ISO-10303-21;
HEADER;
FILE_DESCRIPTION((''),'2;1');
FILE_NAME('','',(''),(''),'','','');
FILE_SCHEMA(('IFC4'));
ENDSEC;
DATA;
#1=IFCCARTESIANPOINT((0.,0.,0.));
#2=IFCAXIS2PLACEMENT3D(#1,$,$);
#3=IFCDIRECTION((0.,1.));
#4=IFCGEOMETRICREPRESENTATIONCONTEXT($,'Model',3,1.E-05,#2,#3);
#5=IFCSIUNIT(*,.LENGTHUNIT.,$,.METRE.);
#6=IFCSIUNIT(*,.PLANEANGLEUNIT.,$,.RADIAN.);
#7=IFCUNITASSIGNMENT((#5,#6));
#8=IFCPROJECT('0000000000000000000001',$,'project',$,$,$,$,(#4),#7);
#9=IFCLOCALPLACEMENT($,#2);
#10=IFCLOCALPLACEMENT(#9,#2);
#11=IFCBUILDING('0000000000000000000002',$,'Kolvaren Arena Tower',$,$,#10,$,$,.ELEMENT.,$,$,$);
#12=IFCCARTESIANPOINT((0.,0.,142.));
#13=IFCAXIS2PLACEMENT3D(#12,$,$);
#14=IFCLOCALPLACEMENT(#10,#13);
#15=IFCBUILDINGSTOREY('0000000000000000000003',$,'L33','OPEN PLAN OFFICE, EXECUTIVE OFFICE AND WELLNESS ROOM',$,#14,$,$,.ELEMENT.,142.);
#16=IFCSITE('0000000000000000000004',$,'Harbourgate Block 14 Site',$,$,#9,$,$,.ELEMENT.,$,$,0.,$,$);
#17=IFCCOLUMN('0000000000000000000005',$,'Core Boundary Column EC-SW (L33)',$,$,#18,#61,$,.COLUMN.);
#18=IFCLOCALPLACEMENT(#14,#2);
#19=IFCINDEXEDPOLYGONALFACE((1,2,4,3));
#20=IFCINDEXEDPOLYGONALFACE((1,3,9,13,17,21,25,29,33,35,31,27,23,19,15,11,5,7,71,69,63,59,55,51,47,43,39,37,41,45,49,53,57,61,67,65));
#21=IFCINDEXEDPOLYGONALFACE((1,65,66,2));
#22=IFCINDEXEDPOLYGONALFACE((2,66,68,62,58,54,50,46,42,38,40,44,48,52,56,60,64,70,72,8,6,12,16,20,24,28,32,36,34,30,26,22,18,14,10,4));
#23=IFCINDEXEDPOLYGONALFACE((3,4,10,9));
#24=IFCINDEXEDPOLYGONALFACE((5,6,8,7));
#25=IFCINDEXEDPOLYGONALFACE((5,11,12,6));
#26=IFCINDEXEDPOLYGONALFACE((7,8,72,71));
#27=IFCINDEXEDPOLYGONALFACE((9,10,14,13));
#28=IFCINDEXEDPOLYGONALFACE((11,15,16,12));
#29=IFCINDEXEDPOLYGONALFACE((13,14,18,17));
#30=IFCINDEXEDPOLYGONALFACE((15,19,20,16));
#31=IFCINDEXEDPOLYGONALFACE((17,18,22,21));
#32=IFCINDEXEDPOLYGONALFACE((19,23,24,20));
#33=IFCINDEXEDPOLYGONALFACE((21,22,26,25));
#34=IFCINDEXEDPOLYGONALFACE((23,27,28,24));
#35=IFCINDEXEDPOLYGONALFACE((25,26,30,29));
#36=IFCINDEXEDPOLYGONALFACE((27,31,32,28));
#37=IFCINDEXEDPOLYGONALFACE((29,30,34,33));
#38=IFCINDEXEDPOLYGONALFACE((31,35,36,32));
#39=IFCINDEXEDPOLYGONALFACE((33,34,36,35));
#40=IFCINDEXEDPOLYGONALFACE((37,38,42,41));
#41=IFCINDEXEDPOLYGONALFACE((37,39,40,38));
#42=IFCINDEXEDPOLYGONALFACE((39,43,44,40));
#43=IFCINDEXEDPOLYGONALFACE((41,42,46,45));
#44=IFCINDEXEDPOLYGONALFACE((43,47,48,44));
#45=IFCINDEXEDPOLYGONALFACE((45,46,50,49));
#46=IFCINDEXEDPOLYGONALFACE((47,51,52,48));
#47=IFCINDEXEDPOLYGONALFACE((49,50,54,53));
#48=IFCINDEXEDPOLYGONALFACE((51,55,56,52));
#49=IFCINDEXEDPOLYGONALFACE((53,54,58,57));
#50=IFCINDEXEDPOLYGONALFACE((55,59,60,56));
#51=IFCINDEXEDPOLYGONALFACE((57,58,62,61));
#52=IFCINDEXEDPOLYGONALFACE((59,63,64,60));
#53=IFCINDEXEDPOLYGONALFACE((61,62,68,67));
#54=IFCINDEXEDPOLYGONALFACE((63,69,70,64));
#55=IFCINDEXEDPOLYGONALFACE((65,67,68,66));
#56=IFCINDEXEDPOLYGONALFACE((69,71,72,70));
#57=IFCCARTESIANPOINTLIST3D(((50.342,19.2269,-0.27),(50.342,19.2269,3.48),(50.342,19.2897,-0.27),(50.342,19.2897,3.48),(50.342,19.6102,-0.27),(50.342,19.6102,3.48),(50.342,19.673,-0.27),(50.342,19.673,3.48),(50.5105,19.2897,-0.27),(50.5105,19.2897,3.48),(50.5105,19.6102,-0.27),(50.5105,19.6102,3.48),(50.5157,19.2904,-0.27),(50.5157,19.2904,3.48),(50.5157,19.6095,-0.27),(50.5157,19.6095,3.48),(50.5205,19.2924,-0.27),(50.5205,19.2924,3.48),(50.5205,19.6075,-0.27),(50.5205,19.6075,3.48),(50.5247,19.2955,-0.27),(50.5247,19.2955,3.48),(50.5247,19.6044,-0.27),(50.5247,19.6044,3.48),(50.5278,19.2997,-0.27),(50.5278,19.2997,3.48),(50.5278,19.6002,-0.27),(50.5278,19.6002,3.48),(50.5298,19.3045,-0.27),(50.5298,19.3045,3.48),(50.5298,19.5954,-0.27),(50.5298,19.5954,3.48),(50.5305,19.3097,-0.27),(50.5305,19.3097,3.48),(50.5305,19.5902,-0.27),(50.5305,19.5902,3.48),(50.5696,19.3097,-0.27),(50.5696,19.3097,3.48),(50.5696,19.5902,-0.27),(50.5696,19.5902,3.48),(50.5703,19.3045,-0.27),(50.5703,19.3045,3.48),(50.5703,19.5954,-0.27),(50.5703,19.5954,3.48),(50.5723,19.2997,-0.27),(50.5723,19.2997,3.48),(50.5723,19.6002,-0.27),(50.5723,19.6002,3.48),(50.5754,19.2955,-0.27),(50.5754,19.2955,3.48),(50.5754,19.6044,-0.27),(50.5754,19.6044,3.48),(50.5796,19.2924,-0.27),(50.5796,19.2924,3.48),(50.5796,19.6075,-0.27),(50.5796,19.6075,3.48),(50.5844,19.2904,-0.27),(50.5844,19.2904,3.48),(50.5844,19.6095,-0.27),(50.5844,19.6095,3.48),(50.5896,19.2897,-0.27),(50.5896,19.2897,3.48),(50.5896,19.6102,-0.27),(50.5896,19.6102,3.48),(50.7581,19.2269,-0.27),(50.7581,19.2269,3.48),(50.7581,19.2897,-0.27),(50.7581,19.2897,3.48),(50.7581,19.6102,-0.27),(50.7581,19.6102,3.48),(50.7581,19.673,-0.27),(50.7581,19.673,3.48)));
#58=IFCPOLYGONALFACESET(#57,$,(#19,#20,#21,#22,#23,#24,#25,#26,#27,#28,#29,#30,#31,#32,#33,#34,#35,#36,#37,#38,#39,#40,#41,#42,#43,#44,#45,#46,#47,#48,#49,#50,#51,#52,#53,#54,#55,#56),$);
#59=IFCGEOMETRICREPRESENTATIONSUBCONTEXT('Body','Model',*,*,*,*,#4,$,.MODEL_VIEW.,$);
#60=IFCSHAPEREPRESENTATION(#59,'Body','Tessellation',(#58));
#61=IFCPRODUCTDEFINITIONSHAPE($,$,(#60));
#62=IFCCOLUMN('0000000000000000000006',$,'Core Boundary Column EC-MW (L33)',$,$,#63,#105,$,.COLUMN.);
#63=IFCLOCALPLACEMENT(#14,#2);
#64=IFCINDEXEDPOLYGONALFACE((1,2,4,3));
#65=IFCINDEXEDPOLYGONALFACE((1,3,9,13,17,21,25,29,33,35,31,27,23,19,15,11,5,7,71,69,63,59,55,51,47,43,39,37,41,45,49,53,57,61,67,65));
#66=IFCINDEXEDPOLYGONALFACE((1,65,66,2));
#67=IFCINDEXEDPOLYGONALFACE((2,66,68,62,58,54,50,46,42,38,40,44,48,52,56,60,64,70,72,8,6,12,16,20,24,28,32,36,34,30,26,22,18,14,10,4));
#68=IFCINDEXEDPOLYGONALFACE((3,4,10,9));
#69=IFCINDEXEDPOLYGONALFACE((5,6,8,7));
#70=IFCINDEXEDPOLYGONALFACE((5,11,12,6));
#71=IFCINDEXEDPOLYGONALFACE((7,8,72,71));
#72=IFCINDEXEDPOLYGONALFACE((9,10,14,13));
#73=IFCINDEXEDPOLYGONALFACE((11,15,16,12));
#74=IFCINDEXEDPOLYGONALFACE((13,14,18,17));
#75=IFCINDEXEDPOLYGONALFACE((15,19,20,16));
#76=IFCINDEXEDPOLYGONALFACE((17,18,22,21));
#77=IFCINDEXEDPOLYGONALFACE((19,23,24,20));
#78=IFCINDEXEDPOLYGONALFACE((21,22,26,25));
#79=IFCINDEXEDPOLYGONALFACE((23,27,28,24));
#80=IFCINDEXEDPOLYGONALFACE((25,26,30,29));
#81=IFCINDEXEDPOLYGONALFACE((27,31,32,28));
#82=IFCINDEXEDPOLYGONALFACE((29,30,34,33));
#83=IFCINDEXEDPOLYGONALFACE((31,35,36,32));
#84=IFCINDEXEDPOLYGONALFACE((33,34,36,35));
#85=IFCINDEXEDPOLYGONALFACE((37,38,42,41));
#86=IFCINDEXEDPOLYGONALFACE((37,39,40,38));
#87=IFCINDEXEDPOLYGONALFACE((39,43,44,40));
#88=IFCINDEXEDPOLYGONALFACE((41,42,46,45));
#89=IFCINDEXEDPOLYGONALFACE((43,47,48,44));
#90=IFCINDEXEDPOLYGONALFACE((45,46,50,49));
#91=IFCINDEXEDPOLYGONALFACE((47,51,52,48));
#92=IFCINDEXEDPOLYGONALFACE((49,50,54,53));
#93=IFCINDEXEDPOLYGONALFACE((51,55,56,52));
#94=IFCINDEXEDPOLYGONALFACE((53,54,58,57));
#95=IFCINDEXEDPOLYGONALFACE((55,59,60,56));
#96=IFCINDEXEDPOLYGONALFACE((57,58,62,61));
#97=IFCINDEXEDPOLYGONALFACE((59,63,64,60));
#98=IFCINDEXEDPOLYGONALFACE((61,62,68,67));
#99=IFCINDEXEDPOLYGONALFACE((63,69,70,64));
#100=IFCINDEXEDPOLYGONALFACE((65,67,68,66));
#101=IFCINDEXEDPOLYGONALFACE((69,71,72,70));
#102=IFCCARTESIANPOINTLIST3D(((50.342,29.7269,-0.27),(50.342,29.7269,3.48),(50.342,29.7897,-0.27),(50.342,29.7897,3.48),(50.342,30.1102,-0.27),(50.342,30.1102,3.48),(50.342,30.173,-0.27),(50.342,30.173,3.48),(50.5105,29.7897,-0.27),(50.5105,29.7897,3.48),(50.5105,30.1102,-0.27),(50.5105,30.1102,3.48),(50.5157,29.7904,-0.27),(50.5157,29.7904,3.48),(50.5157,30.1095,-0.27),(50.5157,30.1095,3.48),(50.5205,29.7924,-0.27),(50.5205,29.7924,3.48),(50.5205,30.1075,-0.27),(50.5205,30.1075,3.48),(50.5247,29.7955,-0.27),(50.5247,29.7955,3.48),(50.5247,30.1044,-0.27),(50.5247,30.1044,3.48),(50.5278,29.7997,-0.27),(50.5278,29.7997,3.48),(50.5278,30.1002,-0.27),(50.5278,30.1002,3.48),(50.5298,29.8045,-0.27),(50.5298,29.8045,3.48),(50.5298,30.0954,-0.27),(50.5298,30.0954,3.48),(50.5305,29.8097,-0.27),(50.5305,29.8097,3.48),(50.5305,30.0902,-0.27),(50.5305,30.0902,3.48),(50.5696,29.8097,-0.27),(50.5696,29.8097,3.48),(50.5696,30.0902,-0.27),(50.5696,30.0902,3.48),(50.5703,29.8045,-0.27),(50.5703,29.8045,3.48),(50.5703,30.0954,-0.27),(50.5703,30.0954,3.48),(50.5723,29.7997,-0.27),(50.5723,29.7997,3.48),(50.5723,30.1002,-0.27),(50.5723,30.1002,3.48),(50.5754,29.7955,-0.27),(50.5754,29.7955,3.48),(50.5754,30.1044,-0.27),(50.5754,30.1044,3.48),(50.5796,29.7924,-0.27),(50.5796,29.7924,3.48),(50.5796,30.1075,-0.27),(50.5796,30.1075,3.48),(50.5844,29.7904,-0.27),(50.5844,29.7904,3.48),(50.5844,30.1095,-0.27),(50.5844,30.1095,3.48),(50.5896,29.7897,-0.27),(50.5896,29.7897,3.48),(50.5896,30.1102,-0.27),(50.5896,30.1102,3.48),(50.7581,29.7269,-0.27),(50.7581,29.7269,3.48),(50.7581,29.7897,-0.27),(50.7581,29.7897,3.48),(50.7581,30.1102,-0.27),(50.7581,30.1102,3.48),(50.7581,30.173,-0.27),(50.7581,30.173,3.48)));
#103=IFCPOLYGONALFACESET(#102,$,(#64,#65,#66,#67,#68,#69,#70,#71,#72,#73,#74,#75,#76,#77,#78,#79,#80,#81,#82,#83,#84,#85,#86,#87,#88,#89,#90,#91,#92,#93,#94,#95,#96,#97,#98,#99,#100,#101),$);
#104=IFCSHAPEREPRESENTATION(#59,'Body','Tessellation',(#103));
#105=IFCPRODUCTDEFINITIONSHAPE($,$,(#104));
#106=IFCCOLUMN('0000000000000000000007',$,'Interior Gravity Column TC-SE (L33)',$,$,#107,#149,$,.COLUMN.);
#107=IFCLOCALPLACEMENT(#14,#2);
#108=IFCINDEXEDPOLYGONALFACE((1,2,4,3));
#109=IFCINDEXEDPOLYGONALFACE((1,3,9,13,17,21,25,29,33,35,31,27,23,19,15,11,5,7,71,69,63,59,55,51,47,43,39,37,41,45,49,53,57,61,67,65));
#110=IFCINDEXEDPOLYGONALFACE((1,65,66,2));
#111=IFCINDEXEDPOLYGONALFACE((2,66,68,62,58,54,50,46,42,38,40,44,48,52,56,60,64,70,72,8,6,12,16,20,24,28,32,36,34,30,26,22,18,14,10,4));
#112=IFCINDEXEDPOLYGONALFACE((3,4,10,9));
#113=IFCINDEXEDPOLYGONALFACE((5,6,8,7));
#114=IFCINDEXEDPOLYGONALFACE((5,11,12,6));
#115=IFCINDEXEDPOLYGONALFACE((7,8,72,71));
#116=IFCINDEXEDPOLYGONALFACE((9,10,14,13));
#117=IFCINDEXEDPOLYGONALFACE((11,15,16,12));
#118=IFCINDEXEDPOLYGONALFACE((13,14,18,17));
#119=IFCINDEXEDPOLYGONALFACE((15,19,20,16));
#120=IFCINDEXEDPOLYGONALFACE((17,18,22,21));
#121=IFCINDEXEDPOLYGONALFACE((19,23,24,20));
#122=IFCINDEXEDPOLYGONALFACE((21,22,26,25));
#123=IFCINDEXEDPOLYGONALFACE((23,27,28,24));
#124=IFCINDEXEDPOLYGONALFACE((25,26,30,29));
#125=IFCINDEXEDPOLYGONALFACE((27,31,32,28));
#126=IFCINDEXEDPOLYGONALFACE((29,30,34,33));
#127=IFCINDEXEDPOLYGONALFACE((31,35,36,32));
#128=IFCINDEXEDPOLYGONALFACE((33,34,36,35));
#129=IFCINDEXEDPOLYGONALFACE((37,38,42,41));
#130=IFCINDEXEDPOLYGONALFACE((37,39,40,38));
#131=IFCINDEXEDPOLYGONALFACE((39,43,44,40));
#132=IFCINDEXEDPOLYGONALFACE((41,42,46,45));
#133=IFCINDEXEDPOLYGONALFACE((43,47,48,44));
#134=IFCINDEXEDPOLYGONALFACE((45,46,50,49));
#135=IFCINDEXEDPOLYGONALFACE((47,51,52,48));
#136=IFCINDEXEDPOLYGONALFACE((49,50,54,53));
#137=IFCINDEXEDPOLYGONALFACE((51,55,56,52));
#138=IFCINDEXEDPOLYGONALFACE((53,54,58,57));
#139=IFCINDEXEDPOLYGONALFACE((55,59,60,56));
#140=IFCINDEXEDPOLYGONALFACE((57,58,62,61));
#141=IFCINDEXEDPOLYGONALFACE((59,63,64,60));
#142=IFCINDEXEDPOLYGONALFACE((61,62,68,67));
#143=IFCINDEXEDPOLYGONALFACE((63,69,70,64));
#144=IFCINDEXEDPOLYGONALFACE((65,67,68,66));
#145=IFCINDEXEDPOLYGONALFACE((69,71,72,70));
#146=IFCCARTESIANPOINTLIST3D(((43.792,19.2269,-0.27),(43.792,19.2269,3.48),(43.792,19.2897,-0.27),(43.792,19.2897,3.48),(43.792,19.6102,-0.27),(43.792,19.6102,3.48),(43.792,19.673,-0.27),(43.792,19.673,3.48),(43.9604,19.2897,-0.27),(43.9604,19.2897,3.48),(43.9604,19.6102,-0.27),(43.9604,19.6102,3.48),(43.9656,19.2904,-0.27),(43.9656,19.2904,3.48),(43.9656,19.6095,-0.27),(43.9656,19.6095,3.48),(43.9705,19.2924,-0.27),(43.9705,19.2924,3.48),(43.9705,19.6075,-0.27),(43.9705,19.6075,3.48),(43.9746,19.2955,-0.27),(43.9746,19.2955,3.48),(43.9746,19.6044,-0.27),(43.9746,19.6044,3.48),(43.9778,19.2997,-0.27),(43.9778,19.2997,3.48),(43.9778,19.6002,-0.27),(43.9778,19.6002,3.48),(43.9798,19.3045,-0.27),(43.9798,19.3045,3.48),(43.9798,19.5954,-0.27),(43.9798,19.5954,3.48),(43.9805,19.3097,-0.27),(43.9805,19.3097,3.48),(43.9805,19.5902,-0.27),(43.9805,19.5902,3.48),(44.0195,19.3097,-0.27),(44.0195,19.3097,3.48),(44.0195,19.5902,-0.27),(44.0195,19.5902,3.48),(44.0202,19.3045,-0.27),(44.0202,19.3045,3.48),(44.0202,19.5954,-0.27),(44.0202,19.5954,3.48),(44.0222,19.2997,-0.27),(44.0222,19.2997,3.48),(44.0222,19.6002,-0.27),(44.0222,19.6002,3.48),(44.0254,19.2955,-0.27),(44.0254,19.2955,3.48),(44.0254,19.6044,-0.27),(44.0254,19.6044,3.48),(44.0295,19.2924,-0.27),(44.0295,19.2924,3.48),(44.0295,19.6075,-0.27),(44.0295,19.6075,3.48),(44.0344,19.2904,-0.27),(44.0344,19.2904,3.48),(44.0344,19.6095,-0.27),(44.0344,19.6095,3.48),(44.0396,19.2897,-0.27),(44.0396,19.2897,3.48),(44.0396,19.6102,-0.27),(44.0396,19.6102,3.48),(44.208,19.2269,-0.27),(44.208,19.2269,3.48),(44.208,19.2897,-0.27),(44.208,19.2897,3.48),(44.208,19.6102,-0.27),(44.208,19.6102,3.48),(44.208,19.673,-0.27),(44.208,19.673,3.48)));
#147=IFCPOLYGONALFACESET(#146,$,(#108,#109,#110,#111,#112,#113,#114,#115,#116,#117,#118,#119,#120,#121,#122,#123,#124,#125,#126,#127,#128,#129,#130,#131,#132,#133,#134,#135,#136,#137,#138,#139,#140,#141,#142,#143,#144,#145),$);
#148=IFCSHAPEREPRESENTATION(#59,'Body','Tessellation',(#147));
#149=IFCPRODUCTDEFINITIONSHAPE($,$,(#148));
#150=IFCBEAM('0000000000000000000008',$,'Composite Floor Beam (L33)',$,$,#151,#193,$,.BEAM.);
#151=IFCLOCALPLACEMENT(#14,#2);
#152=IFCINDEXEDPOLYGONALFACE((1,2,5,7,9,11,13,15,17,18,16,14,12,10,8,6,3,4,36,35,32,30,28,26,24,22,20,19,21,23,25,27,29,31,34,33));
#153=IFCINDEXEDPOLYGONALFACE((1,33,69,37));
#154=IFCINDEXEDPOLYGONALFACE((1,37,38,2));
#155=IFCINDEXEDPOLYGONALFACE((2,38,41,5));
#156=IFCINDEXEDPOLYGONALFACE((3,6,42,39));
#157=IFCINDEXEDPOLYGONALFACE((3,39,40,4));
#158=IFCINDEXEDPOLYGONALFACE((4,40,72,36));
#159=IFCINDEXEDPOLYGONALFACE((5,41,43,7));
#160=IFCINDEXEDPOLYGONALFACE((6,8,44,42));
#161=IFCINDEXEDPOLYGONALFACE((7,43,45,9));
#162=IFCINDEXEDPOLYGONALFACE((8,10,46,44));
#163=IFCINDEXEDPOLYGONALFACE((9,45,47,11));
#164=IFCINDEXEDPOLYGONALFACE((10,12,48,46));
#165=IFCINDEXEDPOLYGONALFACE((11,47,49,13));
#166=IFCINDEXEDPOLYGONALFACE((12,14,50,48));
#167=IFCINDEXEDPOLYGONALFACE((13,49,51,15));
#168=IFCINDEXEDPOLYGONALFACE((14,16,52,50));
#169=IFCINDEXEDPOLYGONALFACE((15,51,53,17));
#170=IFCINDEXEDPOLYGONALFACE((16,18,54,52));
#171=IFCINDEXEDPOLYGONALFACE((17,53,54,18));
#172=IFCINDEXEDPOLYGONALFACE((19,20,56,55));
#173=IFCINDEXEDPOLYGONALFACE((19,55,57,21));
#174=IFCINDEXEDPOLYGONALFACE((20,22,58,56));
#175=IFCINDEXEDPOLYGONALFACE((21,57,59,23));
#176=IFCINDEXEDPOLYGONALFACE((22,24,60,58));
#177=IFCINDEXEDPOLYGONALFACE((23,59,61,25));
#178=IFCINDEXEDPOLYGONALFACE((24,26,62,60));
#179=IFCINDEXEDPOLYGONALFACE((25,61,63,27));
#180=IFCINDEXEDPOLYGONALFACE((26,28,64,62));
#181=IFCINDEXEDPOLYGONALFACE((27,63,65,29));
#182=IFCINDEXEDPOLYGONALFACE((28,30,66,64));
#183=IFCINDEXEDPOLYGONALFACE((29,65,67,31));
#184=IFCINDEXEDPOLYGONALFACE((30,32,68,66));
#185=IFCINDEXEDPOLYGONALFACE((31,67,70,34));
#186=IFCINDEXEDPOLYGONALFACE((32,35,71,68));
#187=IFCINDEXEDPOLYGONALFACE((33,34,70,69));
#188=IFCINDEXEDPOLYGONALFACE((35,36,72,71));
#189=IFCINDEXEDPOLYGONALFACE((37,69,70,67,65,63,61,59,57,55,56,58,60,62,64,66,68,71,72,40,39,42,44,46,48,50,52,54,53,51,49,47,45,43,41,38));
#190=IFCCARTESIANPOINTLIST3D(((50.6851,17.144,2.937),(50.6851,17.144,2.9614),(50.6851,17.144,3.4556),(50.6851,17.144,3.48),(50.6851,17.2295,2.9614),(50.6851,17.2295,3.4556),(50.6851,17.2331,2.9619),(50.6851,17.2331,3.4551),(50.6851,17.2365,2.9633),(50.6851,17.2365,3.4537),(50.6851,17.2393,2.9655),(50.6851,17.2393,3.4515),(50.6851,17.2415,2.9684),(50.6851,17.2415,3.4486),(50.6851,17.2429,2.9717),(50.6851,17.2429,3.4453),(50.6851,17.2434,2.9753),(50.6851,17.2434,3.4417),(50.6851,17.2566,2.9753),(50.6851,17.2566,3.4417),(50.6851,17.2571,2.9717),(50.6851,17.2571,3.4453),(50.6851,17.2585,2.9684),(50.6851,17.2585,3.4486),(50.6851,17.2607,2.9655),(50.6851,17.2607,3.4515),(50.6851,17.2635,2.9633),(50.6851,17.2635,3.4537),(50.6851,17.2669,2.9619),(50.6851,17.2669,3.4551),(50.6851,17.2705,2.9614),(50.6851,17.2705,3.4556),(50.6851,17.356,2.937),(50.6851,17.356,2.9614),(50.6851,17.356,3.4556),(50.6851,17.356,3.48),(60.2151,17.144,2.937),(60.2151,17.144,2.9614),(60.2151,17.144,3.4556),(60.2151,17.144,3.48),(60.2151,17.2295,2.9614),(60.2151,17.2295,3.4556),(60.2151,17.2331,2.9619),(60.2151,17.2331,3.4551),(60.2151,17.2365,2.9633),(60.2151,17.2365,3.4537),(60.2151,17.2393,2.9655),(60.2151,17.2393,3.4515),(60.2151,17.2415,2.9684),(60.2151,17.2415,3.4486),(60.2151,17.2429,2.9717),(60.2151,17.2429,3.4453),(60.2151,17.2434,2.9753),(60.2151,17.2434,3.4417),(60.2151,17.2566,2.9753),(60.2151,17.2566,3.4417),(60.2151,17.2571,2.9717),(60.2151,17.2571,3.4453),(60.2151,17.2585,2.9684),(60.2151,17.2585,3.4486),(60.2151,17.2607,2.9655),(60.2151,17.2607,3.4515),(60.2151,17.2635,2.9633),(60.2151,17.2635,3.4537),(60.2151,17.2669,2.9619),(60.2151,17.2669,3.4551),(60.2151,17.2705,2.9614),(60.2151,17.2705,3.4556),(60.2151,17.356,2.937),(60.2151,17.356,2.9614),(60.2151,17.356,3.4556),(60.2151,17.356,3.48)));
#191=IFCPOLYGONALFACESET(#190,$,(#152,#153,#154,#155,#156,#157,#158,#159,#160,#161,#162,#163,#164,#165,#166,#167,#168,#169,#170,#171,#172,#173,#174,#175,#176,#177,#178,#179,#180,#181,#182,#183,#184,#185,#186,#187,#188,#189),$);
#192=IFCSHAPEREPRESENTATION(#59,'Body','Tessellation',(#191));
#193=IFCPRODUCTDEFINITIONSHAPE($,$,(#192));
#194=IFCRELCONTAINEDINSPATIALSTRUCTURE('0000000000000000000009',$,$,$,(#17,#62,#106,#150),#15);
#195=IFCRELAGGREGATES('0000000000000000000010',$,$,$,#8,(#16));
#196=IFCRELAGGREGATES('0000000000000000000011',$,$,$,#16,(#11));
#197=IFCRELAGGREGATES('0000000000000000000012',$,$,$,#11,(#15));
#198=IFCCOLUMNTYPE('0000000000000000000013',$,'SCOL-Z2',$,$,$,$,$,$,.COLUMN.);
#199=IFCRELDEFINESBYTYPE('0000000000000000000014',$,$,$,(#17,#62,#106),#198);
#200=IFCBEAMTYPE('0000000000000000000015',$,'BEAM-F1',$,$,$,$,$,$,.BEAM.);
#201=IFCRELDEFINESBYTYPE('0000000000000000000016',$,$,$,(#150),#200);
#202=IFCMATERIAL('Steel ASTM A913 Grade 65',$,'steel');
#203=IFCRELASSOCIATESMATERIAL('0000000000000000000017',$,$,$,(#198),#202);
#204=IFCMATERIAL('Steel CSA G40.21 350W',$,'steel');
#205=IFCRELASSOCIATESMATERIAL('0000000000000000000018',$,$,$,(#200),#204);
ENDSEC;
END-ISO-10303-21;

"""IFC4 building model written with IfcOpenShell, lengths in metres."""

from ifc_helpers import new_model, si_unit, direction, frame, origin, origin_2d, place, context, subcontext, project, spatial, i_section, extrude, material, material_profile, profile_set, type_object, element, save


model = new_model("IFC4")

# Units and contexts
model_context = context("Model", 3, precision=1e-05, world=origin(), true_north=direction((0.0, 1.0)))
body_context = subcontext(model_context, "Body", "Model", "MODEL_VIEW")
ifc_project = project(units=[si_unit("LENGTHUNIT", "METRE"), si_unit("PLANEANGLEUNIT", "RADIAN")], contexts=[model_context])

# Site, building, storey
site_placement = place(None, origin())
site = spatial("IfcSite", under=ifc_project, at=site_placement, Name="Harbourgate Block 14 Site", CompositionType="ELEMENT", RefElevation=0.0)
building_placement = place(site_placement, origin())
building = spatial("IfcBuilding", under=site, at=building_placement, Name="Kolvaren Arena Tower", CompositionType="ELEMENT")
storey_placement = place(building_placement, frame((0.0, 0.0, 142.0)))
storey = spatial("IfcBuildingStorey", under=building, at=storey_placement, Name="L33", Description="OPEN PLAN OFFICE, EXECUTIVE OFFICE AND WELLNESS ROOM", CompositionType="ELEMENT", Elevation=142.0)

# Columns
ifc_material_1 = material(Name="Steel ASTM A913 Grade 65", Category="steel")
ifc_material_profile_1 = material_profile(ifc_material_1, i_section(OverallWidth=0.416, OverallDepth=0.446, WebThickness=0.0391, FlangeThickness=0.0627, FilletRadius=0.02, at=origin_2d()), Name="W360x509")
ifc_profile_set_1 = profile_set([ifc_material_profile_1], Name="Steel ASTM A913 Grade 65")
column_type = type_object("IfcColumnType", Name="SCOL-Z2", PredefinedType="COLUMN", material=ifc_profile_set_1)
for number, where, z_axis, x_axis, name in (
    (1, (50.55, 19.45, -0.27), (0.0, 0.0, 1.0), (1.0, 0.0, 0.0), "Core Boundary Column EC-SW (L33)"),
    (2, (50.55, 29.95, -0.27), (0.0, 0.0, 1.0), (1.0, 0.0, 0.0), "Core Boundary Column EC-MW (L33)"),
    (3, (44.0, 19.45, -0.27), (0.0, 0.0, 1.0), (1.0, 0.0, 0.0), "Interior Gravity Column TC-SE (L33)"),
):
    element("IfcColumn", number, at=place(storey_placement, frame(where, z_axis=z_axis, x_axis=x_axis)), inside=storey, type_object=column_type, Name=name, PredefinedType="COLUMN", context=body_context, shape_type="SweptSolid", body=[
        extrude(i_section(OverallWidth=0.416, OverallDepth=0.446, WebThickness=0.0391, FlangeThickness=0.0627, FilletRadius=0.02, at=origin_2d()), origin(), (0.0, 0.0, 1.0), 3.75),
    ])

# Beam
ifc_material_2 = material(Name="Steel CSA G40.21 350W", Category="steel")
ifc_material_profile_2 = material_profile(ifc_material_2, i_section(OverallWidth=0.2119, OverallDepth=0.543, WebThickness=0.0132, FlangeThickness=0.0244, FilletRadius=0.0139, at=origin_2d()), Name="W530x150")
ifc_profile_set_2 = profile_set([ifc_material_profile_2], Name="Steel CSA G40.21 350W")
beam_type_1 = type_object("IfcBeamType", Name="BEAM-F1", PredefinedType="BEAM", material=ifc_profile_set_2)
beam_1_placement = place(storey_placement, frame((50.6851, 17.25, 3.2085), z_axis=(1.0, 0.0, 0.0), x_axis=(0.0, 1.0, 0.0)))
element("IfcBeam", 4, at=beam_1_placement, inside=storey, type_object=beam_type_1, Name="Composite Floor Beam (L33)", PredefinedType="BEAM", context=body_context, shape_type="SweptSolid", body=[
    extrude(i_section(OverallWidth=0.2119, OverallDepth=0.543, WebThickness=0.0132, FlangeThickness=0.0244, FilletRadius=0.0139, at=origin_2d()), origin(), (0.0, 0.0, 1.0), 9.53),
])

save(model, "model.ifc")
